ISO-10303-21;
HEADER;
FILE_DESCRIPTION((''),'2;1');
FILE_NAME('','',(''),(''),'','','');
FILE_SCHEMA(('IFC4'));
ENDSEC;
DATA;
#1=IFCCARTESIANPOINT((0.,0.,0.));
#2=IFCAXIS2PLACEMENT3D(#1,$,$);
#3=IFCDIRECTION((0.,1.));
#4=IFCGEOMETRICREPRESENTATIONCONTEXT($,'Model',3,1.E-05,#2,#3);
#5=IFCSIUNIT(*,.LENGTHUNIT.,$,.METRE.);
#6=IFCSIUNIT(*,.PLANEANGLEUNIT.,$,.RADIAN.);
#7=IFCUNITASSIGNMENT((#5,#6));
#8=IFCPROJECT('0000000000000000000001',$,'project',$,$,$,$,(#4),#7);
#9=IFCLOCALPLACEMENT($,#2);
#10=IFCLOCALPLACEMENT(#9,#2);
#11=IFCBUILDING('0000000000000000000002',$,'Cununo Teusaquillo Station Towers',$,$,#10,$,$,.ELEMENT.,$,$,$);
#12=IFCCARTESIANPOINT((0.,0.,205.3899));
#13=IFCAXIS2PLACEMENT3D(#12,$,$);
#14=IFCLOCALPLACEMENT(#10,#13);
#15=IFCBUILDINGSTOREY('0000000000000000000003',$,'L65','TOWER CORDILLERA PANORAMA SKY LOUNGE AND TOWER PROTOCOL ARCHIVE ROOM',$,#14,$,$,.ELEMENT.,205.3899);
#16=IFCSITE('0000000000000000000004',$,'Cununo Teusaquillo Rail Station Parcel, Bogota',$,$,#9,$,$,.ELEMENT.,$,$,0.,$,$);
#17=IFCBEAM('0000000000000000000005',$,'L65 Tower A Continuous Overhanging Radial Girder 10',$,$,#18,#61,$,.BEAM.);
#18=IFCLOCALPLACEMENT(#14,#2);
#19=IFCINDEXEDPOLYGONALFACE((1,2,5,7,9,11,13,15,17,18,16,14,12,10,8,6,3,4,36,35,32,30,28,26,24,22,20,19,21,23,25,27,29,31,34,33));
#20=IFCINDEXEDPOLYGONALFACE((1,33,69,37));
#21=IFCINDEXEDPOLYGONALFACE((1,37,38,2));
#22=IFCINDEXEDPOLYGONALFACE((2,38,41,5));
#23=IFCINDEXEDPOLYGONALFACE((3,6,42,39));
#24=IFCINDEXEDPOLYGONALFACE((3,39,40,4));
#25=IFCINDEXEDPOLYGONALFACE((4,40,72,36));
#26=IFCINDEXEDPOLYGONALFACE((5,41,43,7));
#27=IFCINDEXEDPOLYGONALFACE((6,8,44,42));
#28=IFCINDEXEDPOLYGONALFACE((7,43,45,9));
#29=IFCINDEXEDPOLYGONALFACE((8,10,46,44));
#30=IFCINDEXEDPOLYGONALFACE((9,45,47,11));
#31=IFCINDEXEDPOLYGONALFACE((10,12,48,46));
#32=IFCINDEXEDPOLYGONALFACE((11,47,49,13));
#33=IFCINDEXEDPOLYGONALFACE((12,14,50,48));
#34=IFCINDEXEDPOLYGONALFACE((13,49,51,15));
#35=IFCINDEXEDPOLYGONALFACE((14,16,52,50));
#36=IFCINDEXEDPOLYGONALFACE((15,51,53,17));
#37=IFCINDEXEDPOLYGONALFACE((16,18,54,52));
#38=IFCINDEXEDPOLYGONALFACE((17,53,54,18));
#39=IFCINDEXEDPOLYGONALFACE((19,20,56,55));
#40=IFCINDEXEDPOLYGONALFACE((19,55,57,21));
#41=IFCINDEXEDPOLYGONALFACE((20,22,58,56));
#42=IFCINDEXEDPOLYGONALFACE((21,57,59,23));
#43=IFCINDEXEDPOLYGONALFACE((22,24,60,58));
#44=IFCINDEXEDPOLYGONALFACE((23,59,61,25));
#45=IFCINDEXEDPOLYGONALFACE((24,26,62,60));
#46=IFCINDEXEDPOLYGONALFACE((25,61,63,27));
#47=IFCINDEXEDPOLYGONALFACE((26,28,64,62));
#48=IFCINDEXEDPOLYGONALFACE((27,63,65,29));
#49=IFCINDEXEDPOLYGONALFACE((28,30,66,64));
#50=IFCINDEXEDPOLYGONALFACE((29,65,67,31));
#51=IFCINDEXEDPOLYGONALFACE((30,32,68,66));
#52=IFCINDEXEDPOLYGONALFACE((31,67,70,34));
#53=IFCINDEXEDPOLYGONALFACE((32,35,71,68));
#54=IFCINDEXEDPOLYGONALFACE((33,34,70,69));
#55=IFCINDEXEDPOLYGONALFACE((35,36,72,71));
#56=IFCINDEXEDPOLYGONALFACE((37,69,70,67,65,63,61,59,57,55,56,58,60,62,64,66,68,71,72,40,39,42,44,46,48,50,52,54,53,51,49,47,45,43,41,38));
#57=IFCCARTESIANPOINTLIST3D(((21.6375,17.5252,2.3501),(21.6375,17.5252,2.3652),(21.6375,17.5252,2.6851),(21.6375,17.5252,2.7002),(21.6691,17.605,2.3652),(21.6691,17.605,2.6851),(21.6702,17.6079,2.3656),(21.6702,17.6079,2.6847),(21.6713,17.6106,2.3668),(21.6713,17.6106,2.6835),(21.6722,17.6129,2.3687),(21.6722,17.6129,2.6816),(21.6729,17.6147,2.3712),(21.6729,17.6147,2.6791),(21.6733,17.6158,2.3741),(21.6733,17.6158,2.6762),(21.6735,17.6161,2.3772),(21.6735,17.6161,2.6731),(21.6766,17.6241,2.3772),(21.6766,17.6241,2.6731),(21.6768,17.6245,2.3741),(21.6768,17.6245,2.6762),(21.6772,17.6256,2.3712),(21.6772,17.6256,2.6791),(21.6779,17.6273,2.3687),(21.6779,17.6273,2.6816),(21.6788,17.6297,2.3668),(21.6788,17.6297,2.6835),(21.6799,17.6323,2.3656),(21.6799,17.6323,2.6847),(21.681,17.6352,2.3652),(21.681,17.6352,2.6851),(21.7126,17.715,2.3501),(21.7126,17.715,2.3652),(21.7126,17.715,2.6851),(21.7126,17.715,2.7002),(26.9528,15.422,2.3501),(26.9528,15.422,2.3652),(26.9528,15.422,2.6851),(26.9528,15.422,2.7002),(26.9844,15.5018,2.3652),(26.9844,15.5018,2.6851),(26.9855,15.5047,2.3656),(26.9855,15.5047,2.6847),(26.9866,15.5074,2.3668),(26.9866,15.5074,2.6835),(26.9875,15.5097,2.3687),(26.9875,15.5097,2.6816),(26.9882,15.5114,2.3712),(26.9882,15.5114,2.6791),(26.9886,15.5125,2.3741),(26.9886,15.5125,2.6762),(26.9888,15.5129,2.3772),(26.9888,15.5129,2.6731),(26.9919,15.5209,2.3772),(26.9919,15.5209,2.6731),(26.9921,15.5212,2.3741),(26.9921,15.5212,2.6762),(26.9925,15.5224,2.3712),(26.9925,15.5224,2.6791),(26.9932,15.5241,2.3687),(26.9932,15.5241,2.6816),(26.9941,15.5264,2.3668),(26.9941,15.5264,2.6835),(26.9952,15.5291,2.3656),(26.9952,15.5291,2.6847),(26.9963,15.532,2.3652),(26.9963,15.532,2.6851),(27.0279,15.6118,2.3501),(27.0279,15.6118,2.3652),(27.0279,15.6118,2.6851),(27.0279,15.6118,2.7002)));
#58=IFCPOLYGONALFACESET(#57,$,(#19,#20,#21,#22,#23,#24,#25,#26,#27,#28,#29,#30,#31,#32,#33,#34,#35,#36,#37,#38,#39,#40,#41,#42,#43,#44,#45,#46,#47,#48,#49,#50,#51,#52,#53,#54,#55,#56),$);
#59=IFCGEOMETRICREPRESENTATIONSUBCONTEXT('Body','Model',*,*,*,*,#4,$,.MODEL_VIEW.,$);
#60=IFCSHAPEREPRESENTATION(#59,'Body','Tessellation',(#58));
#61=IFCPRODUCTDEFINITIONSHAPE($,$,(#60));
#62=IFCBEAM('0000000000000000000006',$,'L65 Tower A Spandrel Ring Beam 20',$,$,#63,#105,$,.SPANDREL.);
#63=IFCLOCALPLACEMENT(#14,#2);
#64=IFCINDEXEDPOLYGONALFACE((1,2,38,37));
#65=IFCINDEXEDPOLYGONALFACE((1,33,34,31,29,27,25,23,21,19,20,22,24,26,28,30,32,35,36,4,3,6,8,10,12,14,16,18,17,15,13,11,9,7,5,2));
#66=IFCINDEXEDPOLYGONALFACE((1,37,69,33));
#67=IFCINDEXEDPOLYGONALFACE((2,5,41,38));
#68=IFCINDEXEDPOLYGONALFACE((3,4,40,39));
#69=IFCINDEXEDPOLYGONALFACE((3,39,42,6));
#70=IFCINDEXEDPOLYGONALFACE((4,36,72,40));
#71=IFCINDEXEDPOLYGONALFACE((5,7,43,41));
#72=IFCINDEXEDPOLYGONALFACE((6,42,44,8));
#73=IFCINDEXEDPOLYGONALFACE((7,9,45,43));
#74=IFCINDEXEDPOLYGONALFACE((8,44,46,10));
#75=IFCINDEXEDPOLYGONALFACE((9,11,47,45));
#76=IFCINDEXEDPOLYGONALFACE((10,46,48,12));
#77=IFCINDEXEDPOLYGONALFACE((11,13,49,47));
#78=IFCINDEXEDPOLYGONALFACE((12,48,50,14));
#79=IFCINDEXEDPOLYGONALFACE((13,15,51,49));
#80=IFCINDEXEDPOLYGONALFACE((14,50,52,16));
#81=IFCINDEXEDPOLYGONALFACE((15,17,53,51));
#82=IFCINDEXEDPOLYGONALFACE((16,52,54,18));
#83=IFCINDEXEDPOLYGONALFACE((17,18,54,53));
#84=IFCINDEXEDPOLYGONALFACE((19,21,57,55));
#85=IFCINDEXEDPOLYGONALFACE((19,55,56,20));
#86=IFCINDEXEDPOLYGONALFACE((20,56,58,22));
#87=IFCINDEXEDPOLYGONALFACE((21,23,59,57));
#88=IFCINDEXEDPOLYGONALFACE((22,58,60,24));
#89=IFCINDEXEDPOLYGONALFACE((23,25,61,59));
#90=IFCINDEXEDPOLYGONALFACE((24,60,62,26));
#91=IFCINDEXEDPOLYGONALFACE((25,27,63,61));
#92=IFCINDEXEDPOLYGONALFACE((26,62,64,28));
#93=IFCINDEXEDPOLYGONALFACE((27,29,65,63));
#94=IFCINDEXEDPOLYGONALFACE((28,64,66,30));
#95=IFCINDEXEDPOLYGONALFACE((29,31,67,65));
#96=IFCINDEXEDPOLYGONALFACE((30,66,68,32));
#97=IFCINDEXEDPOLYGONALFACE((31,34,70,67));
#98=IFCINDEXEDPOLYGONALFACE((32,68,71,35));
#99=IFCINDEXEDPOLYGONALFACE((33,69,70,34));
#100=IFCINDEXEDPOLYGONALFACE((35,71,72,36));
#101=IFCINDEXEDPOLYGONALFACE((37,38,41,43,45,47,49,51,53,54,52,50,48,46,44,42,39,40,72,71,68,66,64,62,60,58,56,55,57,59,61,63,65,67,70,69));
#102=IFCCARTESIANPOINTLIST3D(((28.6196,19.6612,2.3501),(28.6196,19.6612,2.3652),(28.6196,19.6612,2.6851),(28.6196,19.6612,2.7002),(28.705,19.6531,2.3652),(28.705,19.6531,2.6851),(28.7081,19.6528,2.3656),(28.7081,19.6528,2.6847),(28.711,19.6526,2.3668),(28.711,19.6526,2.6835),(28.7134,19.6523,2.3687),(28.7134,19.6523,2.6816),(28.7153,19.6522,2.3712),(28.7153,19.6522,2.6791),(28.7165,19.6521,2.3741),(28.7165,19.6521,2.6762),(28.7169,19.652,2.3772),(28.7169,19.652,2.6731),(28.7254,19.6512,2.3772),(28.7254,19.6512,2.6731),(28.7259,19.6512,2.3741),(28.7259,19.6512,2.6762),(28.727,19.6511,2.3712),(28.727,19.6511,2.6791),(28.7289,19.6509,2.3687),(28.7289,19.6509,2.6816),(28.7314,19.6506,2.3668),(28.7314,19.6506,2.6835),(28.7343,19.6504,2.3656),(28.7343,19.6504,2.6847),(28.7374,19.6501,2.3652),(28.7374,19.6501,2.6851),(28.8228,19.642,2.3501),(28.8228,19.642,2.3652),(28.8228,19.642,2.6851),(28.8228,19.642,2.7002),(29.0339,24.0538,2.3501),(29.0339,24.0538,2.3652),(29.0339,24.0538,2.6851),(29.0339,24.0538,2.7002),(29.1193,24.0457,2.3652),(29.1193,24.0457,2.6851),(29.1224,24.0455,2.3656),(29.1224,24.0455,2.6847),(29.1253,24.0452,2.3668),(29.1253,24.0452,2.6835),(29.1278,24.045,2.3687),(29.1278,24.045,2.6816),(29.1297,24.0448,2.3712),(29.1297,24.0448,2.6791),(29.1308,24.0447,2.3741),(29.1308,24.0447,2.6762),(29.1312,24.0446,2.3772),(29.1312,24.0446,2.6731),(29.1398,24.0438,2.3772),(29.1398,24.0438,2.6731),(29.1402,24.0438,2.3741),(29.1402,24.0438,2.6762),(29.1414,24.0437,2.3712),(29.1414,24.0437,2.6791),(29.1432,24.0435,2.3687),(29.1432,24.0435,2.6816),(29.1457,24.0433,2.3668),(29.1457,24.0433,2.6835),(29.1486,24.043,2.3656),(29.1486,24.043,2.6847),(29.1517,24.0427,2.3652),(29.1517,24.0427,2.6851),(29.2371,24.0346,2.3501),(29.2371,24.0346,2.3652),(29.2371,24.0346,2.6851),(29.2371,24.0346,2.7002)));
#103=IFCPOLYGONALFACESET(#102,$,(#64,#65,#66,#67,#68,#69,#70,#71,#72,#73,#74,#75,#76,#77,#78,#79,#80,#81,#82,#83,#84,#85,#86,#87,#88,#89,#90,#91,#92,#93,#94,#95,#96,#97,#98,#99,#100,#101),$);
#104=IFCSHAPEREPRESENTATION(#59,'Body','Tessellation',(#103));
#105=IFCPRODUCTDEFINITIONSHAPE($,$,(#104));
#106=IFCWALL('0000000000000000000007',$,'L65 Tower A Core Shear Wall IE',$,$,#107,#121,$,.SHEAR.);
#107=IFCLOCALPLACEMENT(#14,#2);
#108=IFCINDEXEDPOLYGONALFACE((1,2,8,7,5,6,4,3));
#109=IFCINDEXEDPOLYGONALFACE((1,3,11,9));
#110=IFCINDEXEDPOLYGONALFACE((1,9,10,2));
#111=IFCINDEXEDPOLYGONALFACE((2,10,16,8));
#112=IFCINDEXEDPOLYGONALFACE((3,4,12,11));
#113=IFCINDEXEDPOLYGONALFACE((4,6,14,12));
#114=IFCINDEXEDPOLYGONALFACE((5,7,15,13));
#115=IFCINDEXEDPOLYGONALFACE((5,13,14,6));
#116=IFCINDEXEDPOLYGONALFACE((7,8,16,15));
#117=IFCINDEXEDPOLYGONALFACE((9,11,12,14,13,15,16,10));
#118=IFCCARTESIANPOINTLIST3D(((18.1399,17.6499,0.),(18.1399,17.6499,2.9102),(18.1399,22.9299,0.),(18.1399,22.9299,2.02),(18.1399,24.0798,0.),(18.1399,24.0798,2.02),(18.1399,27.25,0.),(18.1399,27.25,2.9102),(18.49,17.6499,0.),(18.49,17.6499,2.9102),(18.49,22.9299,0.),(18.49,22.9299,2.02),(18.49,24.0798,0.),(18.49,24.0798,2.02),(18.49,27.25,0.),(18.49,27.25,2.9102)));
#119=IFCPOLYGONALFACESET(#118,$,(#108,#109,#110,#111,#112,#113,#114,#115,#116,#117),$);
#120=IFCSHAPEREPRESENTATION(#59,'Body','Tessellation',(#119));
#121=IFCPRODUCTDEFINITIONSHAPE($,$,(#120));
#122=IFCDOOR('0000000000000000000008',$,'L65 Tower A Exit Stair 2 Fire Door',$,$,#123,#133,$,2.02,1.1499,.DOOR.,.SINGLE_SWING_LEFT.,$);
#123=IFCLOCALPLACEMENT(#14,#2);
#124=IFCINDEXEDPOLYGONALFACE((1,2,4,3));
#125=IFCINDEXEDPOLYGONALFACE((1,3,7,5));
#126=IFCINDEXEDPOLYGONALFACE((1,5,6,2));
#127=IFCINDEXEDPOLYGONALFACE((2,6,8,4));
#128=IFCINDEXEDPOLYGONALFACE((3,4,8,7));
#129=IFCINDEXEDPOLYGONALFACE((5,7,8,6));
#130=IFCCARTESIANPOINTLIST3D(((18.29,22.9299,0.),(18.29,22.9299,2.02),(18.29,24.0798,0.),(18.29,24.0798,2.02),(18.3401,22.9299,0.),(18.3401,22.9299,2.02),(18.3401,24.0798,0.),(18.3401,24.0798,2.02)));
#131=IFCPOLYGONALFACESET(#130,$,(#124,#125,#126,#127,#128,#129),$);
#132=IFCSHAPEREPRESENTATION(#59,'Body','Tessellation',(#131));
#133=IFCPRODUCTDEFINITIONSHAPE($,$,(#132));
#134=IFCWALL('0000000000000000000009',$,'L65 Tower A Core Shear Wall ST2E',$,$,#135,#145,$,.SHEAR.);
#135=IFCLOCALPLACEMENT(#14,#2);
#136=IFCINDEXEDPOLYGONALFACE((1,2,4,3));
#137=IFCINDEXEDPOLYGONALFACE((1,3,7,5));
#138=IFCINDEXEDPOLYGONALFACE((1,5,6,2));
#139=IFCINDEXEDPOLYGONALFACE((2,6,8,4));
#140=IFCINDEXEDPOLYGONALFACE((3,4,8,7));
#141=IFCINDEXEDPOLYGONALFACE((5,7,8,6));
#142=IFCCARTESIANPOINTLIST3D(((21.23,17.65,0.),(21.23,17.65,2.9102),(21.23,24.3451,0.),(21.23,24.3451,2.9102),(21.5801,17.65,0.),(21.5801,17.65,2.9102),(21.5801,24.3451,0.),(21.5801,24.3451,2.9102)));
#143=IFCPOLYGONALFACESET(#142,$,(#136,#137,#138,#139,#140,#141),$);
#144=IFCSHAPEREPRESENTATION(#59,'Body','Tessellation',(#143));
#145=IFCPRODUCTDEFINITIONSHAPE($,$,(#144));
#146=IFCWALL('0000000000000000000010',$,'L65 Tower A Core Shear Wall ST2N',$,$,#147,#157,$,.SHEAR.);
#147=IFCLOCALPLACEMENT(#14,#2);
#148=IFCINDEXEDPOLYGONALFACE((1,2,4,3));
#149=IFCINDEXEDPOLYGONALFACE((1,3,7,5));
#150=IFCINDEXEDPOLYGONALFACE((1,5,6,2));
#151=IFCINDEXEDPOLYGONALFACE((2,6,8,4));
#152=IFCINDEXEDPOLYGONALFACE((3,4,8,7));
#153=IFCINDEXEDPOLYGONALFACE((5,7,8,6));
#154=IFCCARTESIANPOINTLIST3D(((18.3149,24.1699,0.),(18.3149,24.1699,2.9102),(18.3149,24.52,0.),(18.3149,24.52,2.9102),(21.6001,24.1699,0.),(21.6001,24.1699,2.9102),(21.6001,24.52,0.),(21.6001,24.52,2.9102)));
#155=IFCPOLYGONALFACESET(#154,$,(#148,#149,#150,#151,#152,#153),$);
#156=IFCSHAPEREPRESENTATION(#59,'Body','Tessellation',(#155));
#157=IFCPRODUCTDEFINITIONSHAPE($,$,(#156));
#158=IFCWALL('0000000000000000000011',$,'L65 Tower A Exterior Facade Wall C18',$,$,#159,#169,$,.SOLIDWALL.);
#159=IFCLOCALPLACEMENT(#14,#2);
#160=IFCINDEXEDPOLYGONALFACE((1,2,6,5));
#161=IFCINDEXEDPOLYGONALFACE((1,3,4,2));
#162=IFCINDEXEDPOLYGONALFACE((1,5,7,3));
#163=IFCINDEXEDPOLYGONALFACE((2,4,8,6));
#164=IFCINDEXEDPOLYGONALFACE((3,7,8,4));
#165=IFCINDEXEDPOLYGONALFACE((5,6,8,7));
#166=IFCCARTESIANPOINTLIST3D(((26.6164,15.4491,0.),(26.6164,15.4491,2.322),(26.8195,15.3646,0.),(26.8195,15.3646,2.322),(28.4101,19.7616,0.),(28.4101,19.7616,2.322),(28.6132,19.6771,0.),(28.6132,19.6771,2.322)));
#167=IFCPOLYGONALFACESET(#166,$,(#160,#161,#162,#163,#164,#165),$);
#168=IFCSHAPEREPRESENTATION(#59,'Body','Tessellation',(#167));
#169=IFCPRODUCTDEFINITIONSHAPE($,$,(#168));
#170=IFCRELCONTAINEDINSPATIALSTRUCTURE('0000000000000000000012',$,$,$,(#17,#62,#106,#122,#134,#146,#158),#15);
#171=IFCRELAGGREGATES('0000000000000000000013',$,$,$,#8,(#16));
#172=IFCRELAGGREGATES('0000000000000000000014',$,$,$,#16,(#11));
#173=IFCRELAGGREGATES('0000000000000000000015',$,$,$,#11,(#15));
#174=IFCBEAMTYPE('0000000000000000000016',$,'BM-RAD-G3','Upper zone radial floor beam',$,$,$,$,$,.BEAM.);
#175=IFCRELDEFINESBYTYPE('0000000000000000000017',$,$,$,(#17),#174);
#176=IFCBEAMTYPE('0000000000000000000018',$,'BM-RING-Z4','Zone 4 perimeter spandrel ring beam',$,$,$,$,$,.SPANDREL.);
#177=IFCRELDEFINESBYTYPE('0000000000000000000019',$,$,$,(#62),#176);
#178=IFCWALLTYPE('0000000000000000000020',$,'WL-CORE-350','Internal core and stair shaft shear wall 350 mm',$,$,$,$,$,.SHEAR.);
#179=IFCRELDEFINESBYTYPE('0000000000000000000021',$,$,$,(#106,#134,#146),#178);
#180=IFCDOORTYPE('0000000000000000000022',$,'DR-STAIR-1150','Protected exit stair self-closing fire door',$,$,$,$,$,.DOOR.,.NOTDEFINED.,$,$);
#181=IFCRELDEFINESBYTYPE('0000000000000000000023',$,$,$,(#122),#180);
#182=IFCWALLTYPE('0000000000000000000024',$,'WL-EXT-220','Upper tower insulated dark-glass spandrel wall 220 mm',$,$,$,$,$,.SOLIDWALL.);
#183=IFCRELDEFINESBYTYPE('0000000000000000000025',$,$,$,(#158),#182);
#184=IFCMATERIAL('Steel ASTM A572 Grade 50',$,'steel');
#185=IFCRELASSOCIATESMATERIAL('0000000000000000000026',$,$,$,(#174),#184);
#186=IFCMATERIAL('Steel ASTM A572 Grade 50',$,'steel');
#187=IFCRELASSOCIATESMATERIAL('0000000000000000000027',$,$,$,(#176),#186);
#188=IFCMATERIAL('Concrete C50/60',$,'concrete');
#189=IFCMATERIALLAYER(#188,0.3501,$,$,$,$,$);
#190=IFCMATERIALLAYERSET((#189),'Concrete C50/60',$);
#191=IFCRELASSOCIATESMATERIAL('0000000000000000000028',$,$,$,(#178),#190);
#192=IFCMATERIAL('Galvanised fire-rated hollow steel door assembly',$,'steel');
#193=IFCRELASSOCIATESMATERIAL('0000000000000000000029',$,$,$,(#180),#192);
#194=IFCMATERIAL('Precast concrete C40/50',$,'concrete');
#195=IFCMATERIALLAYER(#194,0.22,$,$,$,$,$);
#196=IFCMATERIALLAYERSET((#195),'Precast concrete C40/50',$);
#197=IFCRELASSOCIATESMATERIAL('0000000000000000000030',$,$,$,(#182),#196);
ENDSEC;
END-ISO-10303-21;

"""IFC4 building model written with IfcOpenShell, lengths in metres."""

from ifc_helpers import new_model, si_unit, direction, frame, frame_2d, origin, origin_2d, place, context, subcontext, project, spatial, rectangle, i_section, extrude, source, transform, mapped, material, layer, layer_set, material_profile, profile_set, type_object, element, fill, save


model = new_model("IFC4")

# Units and contexts
model_context = context("Model", 3, precision=1e-05, world=origin(), true_north=direction((0.0, 1.0)))
body_context = subcontext(model_context, "Body", "Model", "MODEL_VIEW")
ifc_project = project(units=[si_unit("LENGTHUNIT", "METRE"), si_unit("PLANEANGLEUNIT", "RADIAN")], contexts=[model_context])

# Site, building, storey
site_placement = place(None, origin())
site = spatial("IfcSite", under=ifc_project, at=site_placement, Name="Cununo Teusaquillo Rail Station Parcel, Bogota", CompositionType="ELEMENT", RefElevation=0.0)
building_placement = place(site_placement, origin())
building = spatial("IfcBuilding", under=site, at=building_placement, Name="Cununo Teusaquillo Station Towers", CompositionType="ELEMENT")
storey_placement = place(building_placement, frame((0.0, 0.0, 205.3899)))
storey = spatial("IfcBuildingStorey", under=building, at=storey_placement, Name="L65", Description="TOWER CORDILLERA PANORAMA SKY LOUNGE AND TOWER PROTOCOL ARCHIVE ROOM", CompositionType="ELEMENT", Elevation=205.3899)

# Beams
ifc_material_1 = material(Name="Steel ASTM A572 Grade 50", Category="steel")
ifc_material_profile_1 = material_profile(ifc_material_1, i_section(OverallWidth=0.2041, OverallDepth=0.3501, WebThickness=0.0085, FlangeThickness=0.0151, FilletRadius=0.012, at=origin_2d()), Name="W14X48")
ifc_profile_set_1 = profile_set([ifc_material_profile_1], Name="Steel ASTM A572 Grade 50")
beam_type_1 = type_object("IfcBeamType", Name="BM-RAD-G3", Description="Upper zone radial floor beam", PredefinedType="BEAM", material=ifc_profile_set_1)
beam_1_placement = place(storey_placement, frame((21.675, 17.6201, 2.5251), z_axis=(0.929852, -0.367935, 0.0), x_axis=(0.367935, 0.929852, 0.0)))
element("IfcBeam", 1, at=beam_1_placement, inside=storey, type_object=beam_type_1, Name="L65 Tower A Continuous Overhanging Radial Girder 10", PredefinedType="BEAM", context=body_context, shape_type="SweptSolid", body=[
    extrude(i_section(OverallWidth=0.2041, OverallDepth=0.3501, WebThickness=0.0085, FlangeThickness=0.0151, FilletRadius=0.012, at=origin_2d()), origin(), (0.0, 0.0, 1.0), 5.7163),
])
ifc_material_2 = material(Name="Steel ASTM A572 Grade 50", Category="steel")
ifc_material_profile_2 = material_profile(ifc_material_2, i_section(OverallWidth=0.2041, OverallDepth=0.3501, WebThickness=0.0085, FlangeThickness=0.0151, FilletRadius=0.012, at=origin_2d()), Name="W14X48")
ifc_profile_set_2 = profile_set([ifc_material_profile_2], Name="Steel ASTM A572 Grade 50")
beam_type_2 = type_object("IfcBeamType", Name="BM-RING-Z4", Description="Zone 4 perimeter spandrel ring beam", PredefinedType="SPANDREL", material=ifc_profile_set_2)
beam_2_placement = place(storey_placement, frame((28.7212, 19.6516, 2.5251), z_axis=(0.093903, 0.995581, 0.0), x_axis=(-0.995581, 0.093903, 0.0)))
element("IfcBeam", 2, at=beam_2_placement, inside=storey, type_object=beam_type_2, Name="L65 Tower A Spandrel Ring Beam 20", PredefinedType="SPANDREL", context=body_context, shape_type="SweptSolid", body=[
    extrude(i_section(OverallWidth=0.2041, OverallDepth=0.3501, WebThickness=0.0085, FlangeThickness=0.0151, FilletRadius=0.012, at=origin_2d()), origin(), (0.0, 0.0, 1.0), 4.4121),
])

# Wall, opening, door
ifc_material_3 = material(Name="Concrete C50/60", Category="concrete")
ifc_layer_1 = layer(ifc_material_3, 0.3501)
ifc_layer_set_1 = layer_set([ifc_layer_1], Name="Concrete C50/60")
wall_type_1 = type_object("IfcWallType", Name="WL-CORE-350", Description="Internal core and stair shaft shear wall 350 mm", PredefinedType="SHEAR", material=ifc_layer_set_1)
wall_1_placement = place(storey_placement, frame((18.3149, 17.6499, 0.0), z_axis=(0.0, 0.0, 1.0), x_axis=(0.0, 1.0, 0.0)))
wall_1 = element("IfcWall", 3, at=wall_1_placement, inside=storey, type_object=wall_type_1, Name="L65 Tower A Core Shear Wall IE", PredefinedType="SHEAR", context=body_context, shape_type="SweptSolid", body=[
    extrude(rectangle(XDim=9.6001, YDim=0.3501, at=frame_2d((4.8, 0.0))), origin(), (0.0, 0.0, 1.0), 2.9102),
])
shared_shape_1 = source(origin(), body_context, "Body", "SweptSolid", [
    extrude(rectangle(XDim=1.1499, YDim=2.02, at=frame_2d((0.575, 1.01))), frame((0.0, 0.1851, 0.0), z_axis=(0.0, -1.0, 0.0), x_axis=(1.0, 0.0, 0.0)), (0.0, 0.0, 1.0), 0.3701),
])
opening_1_placement = place(wall_1_placement, frame((5.28, 0.0, 0.0)))
opening_1 = element("IfcOpeningElement", 4, at=opening_1_placement, cuts=wall_1, PredefinedType="OPENING", context=body_context, shape_type="MappedRepresentation", body=[
    mapped(shared_shape_1, transform((0.0, 0.0, 0.0), x_axis=(1.0, 0.0, 0.0), y_axis=(0.0, 1.0, 0.0), z_axis=(0.0, 0.0, 1.0), scale=1.0)),
])
ifc_material_4 = material(Name="Galvanised fire-rated hollow steel door assembly", Category="steel")
door_type_1 = type_object("IfcDoorType", Name="DR-STAIR-1150", Description="Protected exit stair self-closing fire door", OperationType="NOTDEFINED", PredefinedType="DOOR", material=ifc_material_4)
shared_shape_2 = source(origin(), body_context, "Body", "SweptSolid", [
    extrude(rectangle(XDim=1.1499, YDim=2.02, at=frame_2d((0.575, 1.01))), frame((0.0, 0.0249, 0.0), z_axis=(0.0, -1.0, 0.0), x_axis=(1.0, 0.0, 0.0)), (0.0, 0.0, 1.0), 0.05),
])
door_1_placement = place(opening_1_placement, origin())
door_1 = element("IfcDoor", 5, at=door_1_placement, inside=storey, type_object=door_type_1, Name="L65 Tower A Exit Stair 2 Fire Door", OperationType="SINGLE_SWING_LEFT", OverallHeight=2.02, OverallWidth=1.1499, PredefinedType="DOOR", context=body_context, shape_type="MappedRepresentation", body=[
    mapped(shared_shape_2, transform((0.0, 0.0, 0.0), x_axis=(1.0, 0.0, 0.0), y_axis=(0.0, 1.0, 0.0), z_axis=(0.0, 0.0, 1.0), scale=1.0)),
])
fill(opening_1, door_1)

# Walls
wall_2_placement = place(storey_placement, frame((21.405, 17.6499, 0.0), z_axis=(0.0, 0.0, 1.0), x_axis=(0.0, 1.0, 0.0)))
element("IfcWall", 6, at=wall_2_placement, inside=storey, type_object=wall_type_1, Name="L65 Tower A Core Shear Wall ST2E", PredefinedType="SHEAR", context=body_context, shape_type="SweptSolid", body=[
    extrude(rectangle(XDim=6.6951, YDim=0.3501, at=frame_2d((3.3477, 0.0))), origin(), (0.0, 0.0, 1.0), 2.9102),
])
wall_3_placement = place(storey_placement, frame((18.3149, 24.345, 0.0), z_axis=(0.0, 0.0, 1.0), x_axis=(1.0, 0.0, 0.0)))
element("IfcWall", 7, at=wall_3_placement, inside=storey, type_object=wall_type_1, Name="L65 Tower A Core Shear Wall ST2N", PredefinedType="SHEAR", context=body_context, shape_type="SweptSolid", body=[
    extrude(rectangle(XDim=3.2852, YDim=0.3501, at=frame_2d((1.6426, 0.0))), origin(), (0.0, 0.0, 1.0), 2.9102),
])
ifc_material_5 = material(Name="Precast concrete C40/50", Category="concrete")
ifc_layer_2 = layer(ifc_material_5, 0.22)
ifc_layer_set_2 = layer_set([ifc_layer_2], Name="Precast concrete C40/50")
wall_type_2 = type_object("IfcWallType", Name="WL-EXT-220", Description="Upper tower insulated dark-glass spandrel wall 220 mm", PredefinedType="SOLIDWALL", material=ifc_layer_set_2)
wall_4_placement = place(storey_placement, frame((28.5117, 19.7195, 0.0), z_axis=(0.0, 0.0, 1.0), x_axis=(-0.384036, -0.923318, 0.0)))
element("IfcWall", 8, at=wall_4_placement, inside=storey, type_object=wall_type_2, Name="L65 Tower A Exterior Facade Wall C18", PredefinedType="SOLIDWALL", context=body_context, shape_type="SweptSolid", body=[
    extrude(rectangle(XDim=4.6707, YDim=0.22, at=frame_2d((2.3354, 0.0))), origin(), (0.0, 0.0, 1.0), 2.322),
])

save(model, "model.ifc")
